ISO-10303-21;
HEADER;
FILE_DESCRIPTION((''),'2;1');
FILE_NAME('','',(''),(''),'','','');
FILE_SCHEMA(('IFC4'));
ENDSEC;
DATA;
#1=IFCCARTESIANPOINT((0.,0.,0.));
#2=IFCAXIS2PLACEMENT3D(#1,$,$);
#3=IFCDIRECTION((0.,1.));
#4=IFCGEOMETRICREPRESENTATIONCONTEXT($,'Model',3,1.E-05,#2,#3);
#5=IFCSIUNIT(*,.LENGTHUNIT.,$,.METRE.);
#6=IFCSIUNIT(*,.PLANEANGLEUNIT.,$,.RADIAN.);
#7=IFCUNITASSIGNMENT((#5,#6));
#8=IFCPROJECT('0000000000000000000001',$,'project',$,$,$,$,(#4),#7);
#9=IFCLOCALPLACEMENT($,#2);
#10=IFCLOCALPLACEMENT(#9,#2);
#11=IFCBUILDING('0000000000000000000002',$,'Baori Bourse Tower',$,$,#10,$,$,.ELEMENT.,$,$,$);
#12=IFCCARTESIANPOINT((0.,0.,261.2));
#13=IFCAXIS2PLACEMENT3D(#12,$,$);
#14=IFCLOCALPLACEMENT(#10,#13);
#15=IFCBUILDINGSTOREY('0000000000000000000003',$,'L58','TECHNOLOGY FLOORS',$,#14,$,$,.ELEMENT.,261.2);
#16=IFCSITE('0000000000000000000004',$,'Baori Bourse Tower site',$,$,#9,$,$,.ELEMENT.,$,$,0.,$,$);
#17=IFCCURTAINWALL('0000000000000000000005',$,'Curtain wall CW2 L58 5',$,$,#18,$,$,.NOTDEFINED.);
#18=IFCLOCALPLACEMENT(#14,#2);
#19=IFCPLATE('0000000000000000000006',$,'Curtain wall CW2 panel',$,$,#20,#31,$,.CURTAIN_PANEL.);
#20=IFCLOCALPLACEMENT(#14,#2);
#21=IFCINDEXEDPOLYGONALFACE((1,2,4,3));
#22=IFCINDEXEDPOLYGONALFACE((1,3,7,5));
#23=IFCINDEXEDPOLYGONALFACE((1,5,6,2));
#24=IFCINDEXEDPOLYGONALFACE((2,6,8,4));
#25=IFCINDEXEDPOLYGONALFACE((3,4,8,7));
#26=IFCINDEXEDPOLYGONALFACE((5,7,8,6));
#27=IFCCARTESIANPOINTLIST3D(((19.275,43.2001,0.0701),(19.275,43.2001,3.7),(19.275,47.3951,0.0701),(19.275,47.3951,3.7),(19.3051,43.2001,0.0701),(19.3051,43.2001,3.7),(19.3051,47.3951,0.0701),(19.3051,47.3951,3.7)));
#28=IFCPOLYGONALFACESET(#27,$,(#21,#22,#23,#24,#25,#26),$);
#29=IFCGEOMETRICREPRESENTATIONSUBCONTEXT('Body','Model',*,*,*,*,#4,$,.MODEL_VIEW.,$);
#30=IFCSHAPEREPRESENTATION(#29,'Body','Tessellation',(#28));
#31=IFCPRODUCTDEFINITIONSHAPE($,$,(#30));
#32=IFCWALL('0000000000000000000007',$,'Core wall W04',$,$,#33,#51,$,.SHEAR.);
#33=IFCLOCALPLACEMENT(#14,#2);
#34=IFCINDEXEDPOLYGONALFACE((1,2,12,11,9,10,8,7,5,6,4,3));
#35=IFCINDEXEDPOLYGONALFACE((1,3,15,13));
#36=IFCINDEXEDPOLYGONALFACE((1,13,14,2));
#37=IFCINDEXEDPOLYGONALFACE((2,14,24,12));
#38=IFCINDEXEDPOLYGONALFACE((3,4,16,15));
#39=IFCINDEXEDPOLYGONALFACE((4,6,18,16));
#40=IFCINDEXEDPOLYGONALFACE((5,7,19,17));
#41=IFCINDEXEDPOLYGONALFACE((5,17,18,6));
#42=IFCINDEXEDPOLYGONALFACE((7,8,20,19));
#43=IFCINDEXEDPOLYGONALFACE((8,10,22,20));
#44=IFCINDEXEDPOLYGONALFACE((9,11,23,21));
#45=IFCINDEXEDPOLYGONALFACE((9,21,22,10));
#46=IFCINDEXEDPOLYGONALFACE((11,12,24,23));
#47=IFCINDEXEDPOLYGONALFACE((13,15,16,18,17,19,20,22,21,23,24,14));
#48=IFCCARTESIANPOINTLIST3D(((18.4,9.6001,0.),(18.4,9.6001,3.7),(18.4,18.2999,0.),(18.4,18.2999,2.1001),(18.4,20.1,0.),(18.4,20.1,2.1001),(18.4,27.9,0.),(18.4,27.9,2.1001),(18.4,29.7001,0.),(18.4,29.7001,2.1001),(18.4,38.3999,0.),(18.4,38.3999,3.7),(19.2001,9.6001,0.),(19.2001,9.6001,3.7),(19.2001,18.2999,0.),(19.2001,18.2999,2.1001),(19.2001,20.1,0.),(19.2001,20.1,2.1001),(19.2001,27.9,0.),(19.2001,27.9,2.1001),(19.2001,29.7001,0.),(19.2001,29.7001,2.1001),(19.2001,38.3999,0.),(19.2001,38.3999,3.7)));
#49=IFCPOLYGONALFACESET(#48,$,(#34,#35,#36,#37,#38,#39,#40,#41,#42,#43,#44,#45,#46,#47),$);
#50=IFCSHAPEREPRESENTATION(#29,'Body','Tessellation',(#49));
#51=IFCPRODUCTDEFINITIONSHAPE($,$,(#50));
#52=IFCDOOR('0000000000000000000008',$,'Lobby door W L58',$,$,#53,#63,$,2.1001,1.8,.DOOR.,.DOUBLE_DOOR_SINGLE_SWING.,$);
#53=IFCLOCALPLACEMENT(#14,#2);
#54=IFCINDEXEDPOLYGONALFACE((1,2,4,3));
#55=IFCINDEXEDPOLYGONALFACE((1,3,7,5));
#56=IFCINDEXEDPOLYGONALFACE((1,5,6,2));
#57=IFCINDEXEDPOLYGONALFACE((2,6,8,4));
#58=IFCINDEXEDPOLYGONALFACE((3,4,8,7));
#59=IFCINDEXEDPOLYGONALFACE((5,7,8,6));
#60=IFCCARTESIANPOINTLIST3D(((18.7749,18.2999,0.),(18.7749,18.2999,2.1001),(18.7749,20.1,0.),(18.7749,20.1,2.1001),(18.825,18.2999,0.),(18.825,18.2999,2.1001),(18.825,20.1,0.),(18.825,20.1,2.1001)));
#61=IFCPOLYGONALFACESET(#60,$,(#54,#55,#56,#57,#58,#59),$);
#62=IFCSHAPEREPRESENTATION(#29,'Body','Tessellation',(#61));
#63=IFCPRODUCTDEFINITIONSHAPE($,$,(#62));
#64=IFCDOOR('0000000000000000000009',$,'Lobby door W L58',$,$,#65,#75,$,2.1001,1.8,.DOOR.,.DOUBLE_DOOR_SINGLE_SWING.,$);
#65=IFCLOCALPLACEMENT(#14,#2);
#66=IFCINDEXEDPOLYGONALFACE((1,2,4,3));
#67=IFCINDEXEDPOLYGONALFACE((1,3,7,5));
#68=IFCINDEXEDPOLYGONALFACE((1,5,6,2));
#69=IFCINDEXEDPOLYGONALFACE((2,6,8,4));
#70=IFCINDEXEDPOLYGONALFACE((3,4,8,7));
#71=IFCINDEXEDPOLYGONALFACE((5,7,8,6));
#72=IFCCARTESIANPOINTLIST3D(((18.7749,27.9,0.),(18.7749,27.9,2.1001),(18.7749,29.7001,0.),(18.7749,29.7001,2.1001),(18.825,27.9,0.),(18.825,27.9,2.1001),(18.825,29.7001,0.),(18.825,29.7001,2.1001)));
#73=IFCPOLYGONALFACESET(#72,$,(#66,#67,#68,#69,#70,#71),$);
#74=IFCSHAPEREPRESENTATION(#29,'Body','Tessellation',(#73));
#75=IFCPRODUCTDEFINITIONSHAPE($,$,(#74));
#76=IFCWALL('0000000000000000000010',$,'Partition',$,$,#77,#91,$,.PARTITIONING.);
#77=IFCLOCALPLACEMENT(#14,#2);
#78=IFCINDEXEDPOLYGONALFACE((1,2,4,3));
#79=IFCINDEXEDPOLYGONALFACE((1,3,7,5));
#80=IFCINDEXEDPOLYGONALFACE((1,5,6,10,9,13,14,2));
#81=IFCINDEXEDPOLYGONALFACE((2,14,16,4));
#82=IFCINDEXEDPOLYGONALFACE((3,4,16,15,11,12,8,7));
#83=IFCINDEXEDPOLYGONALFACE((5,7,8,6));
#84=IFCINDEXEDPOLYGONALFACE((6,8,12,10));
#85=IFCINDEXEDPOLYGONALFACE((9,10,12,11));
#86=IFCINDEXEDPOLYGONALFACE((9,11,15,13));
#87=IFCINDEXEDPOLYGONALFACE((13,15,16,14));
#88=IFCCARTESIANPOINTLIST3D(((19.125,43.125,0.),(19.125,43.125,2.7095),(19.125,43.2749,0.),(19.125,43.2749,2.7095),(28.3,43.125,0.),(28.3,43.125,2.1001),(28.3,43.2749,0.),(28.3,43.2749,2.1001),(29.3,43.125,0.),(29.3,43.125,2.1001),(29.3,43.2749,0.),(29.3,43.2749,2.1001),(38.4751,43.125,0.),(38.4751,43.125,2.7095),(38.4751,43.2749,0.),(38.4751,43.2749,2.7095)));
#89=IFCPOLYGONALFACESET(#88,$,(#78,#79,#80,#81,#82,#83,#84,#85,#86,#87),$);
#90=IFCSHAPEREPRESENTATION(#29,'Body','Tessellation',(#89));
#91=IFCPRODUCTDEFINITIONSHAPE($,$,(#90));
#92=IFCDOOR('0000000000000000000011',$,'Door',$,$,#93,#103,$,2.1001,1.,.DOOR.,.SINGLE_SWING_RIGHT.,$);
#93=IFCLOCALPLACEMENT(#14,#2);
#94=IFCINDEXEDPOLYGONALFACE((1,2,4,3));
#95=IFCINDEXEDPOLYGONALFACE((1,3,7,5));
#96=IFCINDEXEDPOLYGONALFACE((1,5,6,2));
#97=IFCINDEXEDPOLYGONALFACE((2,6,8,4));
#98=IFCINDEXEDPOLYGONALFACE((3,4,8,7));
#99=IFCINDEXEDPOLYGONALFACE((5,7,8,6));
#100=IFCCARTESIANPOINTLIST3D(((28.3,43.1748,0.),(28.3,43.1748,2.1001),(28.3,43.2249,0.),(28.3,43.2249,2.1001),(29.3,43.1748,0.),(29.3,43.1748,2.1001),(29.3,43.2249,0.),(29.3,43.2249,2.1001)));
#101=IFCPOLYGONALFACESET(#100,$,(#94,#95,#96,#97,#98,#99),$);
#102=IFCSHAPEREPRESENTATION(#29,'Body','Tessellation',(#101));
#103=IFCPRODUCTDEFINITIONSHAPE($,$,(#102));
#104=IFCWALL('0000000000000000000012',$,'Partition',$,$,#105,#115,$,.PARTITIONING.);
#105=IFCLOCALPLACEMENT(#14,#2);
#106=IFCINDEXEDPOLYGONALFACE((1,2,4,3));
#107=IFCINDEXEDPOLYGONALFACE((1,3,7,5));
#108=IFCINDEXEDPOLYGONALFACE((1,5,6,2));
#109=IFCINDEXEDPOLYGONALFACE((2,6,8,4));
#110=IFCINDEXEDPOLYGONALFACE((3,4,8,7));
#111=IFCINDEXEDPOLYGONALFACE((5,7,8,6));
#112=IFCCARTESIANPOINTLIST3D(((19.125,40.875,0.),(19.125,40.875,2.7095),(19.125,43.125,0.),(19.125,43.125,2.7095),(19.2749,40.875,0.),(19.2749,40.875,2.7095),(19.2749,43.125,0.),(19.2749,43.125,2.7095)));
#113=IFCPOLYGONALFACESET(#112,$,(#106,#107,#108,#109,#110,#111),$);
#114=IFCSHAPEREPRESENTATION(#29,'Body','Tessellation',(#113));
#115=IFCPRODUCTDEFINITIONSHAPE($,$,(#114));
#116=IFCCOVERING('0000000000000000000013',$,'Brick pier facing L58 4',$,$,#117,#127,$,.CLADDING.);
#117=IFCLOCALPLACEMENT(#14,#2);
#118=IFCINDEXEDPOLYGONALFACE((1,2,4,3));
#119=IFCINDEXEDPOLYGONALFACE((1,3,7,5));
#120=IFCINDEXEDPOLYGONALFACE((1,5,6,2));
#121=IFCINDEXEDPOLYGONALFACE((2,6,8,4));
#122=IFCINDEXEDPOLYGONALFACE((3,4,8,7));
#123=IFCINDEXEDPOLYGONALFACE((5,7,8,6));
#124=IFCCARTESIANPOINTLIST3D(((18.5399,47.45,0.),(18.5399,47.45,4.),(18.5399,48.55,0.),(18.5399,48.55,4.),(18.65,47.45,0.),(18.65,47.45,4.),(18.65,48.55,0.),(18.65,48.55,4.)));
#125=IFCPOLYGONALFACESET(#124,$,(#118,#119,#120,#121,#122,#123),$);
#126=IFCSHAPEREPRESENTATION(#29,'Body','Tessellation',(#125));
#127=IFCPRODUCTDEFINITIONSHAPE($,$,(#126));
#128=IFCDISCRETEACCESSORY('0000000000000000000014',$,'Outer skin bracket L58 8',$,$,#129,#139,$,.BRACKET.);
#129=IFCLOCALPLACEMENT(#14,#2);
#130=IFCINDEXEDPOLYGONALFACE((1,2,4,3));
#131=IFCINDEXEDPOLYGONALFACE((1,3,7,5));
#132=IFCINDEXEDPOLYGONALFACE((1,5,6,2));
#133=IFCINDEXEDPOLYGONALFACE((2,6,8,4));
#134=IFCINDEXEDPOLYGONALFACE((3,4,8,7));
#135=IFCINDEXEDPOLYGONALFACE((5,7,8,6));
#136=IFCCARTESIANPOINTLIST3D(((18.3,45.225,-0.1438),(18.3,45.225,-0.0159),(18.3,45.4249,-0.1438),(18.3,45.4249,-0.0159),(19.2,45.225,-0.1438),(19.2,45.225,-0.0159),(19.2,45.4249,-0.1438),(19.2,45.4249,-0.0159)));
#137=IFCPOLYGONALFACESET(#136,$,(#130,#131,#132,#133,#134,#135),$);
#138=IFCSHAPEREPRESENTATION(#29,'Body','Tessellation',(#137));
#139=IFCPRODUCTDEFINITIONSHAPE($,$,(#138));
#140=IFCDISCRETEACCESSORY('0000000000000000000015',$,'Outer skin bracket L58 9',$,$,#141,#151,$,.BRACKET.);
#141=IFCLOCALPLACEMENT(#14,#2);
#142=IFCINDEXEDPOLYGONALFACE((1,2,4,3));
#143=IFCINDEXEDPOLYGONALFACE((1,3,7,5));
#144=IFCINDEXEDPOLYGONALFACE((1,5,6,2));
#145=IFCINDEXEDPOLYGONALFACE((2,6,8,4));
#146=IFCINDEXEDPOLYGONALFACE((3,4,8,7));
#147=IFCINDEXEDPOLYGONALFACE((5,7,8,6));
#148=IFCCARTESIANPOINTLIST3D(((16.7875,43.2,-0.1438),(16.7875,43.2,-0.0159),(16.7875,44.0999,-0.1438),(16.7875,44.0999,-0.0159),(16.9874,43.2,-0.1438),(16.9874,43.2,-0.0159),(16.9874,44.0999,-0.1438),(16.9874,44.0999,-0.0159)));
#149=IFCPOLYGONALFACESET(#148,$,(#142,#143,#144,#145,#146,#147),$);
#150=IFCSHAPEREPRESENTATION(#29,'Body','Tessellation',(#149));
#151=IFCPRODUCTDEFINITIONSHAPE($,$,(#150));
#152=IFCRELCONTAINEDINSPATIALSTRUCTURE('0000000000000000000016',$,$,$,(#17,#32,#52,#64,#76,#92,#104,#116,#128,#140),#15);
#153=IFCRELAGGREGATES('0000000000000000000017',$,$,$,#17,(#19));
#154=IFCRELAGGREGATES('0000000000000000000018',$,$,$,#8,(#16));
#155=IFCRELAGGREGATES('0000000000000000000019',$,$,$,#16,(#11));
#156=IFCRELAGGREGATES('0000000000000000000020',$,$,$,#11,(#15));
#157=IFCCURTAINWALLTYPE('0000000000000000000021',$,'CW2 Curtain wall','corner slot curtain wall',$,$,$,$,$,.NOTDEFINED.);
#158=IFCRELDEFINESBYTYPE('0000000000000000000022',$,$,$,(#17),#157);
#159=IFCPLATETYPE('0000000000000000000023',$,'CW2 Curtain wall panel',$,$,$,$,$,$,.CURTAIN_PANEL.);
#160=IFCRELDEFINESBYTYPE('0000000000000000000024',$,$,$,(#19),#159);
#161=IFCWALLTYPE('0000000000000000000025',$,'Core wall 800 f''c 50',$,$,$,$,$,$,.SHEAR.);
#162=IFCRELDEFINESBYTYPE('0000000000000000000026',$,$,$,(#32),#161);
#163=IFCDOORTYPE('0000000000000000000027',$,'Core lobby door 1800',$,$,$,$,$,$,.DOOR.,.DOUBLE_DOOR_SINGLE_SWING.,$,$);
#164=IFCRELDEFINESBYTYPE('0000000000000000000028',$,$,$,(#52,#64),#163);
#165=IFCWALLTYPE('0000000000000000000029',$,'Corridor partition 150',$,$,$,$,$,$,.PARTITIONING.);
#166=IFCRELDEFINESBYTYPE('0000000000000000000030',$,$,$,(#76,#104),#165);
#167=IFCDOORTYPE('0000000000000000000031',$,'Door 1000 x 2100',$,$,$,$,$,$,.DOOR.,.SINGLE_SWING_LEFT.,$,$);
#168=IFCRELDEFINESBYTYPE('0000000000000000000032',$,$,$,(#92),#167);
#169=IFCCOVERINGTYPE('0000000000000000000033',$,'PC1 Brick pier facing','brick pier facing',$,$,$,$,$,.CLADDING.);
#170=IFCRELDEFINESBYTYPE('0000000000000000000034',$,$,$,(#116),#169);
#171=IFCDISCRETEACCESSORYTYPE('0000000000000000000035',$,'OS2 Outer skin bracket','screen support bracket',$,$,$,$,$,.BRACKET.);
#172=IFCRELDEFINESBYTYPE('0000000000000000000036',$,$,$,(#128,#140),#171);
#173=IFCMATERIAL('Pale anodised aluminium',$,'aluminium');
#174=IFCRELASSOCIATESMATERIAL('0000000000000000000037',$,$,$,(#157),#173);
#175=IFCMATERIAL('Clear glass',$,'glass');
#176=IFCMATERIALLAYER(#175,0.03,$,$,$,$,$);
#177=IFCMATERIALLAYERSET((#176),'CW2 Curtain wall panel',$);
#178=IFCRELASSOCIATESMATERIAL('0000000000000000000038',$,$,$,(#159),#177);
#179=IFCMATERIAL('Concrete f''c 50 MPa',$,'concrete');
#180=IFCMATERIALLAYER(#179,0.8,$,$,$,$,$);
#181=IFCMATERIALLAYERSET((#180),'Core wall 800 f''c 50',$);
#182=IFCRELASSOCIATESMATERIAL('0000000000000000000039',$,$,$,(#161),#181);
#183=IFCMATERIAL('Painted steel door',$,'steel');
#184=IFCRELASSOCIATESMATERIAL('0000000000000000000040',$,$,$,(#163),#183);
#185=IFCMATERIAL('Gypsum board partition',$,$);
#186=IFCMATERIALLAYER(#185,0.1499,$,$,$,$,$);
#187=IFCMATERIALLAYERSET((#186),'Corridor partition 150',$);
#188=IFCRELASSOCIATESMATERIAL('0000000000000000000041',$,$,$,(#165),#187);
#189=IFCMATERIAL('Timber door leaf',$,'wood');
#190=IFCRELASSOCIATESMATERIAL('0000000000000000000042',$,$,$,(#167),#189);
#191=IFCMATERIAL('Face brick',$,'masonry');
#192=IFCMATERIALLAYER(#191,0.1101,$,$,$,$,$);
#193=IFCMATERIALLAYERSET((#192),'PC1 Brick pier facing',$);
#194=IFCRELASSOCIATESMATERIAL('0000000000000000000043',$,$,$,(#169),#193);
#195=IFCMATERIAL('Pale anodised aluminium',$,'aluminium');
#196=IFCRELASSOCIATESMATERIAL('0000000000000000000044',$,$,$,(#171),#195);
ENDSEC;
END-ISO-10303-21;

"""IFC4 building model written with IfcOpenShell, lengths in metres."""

from ifc_helpers import new_model, si_unit, direction, frame, frame_2d, origin, origin_2d, place, context, subcontext, project, spatial, rectangle, extrude, material, layer, layer_set, type_object, element, fill, aggregate, save


model = new_model("IFC4")

# Units and contexts
model_context = context("Model", 3, precision=1e-05, world=origin(), true_north=direction((0.0, 1.0)))
body_context = subcontext(model_context, "Body", "Model", "MODEL_VIEW")
ifc_project = project(units=[si_unit("LENGTHUNIT", "METRE"), si_unit("PLANEANGLEUNIT", "RADIAN")], contexts=[model_context])

# Site, building, storey
site_placement = place(None, origin())
site = spatial("IfcSite", under=ifc_project, at=site_placement, Name="Baori Bourse Tower site", CompositionType="ELEMENT", RefElevation=0.0)
building_placement = place(site_placement, origin())
building = spatial("IfcBuilding", under=site, at=building_placement, Name="Baori Bourse Tower", CompositionType="ELEMENT")
storey_placement = place(building_placement, frame((0.0, 0.0, 261.2)))
storey = spatial("IfcBuildingStorey", under=building, at=storey_placement, Name="L58", Description="TECHNOLOGY FLOORS", CompositionType="ELEMENT", Elevation=261.2)

# Curtain wall
ifc_material_1 = material(Name="Pale anodised aluminium", Category="aluminium")
curtain_wall_type = type_object("IfcCurtainWallType", Name="CW2 Curtain wall", Description="corner slot curtain wall", PredefinedType="NOTDEFINED", material=ifc_material_1)
curtain_wall_1_placement = place(storey_placement, origin())
curtain_wall_1 = element("IfcCurtainWall", 1, at=curtain_wall_1_placement, inside=storey, type_object=curtain_wall_type, Name="Curtain wall CW2 L58 5", PredefinedType="NOTDEFINED")

# Plate
ifc_material_2 = material(Name="Clear glass", Category="glass")
ifc_layer_1 = layer(ifc_material_2, 0.03)
ifc_layer_set_1 = layer_set([ifc_layer_1], Name="CW2 Curtain wall panel")
plate_type = type_object("IfcPlateType", Name="CW2 Curtain wall panel", PredefinedType="CURTAIN_PANEL", material=ifc_layer_set_1)
plate_placement = place(storey_placement, frame((19.29, 45.2976, 0.0701), z_axis=(0.0, 0.0, 1.0), x_axis=(0.0, -1.0, 0.0)))
plate = element("IfcPlate", 2, at=plate_placement, type_object=plate_type, Name="Curtain wall CW2 panel", PredefinedType="CURTAIN_PANEL", context=body_context, shape_type="SweptSolid", body=[
    extrude(rectangle(XDim=4.1951, YDim=0.03, at=origin_2d()), origin(), (0.0, 0.0, 1.0), 3.6299),
])
aggregate(curtain_wall_1, [plate])

# Wall, openings, doors
ifc_material_3 = material(Name="Concrete f'c 50 MPa", Category="concrete")
ifc_layer_2 = layer(ifc_material_3, 0.8)
ifc_layer_set_2 = layer_set([ifc_layer_2], Name="Core wall 800 f'c 50")
wall_type_1 = type_object("IfcWallType", Name="Core wall 800 f'c 50", PredefinedType="SHEAR", material=ifc_layer_set_2)
wall_1_placement = place(storey_placement, frame((18.8, 38.3999, 0.0), z_axis=(0.0, 0.0, 1.0), x_axis=(0.0, -1.0, 0.0)))
wall_1 = element("IfcWall", 3, at=wall_1_placement, inside=storey, type_object=wall_type_1, Name="Core wall W04", PredefinedType="SHEAR", context=body_context, shape_type="SweptSolid", body=[
    extrude(rectangle(XDim=28.7998, YDim=0.8, at=frame_2d((14.3999, 0.0))), origin(), (0.0, 0.0, 1.0), 3.7),
])
opening_1_placement = place(wall_1_placement, frame((18.3, 0.0, 0.0)))
opening_1 = element("IfcOpeningElement", 4, at=opening_1_placement, cuts=wall_1, PredefinedType="OPENING", context=body_context, shape_type="SweptSolid", body=[
    extrude(rectangle(XDim=1.8, YDim=2.1001, at=frame_2d((0.8999, 1.05))), frame((0.0, 0.4099, 0.0), z_axis=(0.0, -1.0, 0.0), x_axis=(1.0, 0.0, 0.0)), (0.0, 0.0, 1.0), 0.8201),
])
opening_2_placement = place(wall_1_placement, frame((8.7, 0.0, 0.0)))
opening_2 = element("IfcOpeningElement", 5, at=opening_2_placement, cuts=wall_1, PredefinedType="OPENING", context=body_context, shape_type="SweptSolid", body=[
    extrude(rectangle(XDim=1.8, YDim=2.1001, at=frame_2d((0.8999, 1.05))), frame((0.0, 0.4099, 0.0), z_axis=(0.0, -1.0, 0.0), x_axis=(1.0, 0.0, 0.0)), (0.0, 0.0, 1.0), 0.8201),
])
ifc_material_4 = material(Name="Painted steel door", Category="steel")
door_type_1 = type_object("IfcDoorType", Name="Core lobby door 1800", OperationType="DOUBLE_DOOR_SINGLE_SWING", PredefinedType="DOOR", material=ifc_material_4)
door_1_placement = place(opening_1_placement, origin())
door_1 = element("IfcDoor", 6, at=door_1_placement, inside=storey, type_object=door_type_1, Name="Lobby door W L58", OperationType="DOUBLE_DOOR_SINGLE_SWING", OverallHeight=2.1001, OverallWidth=1.8, PredefinedType="DOOR", context=body_context, shape_type="SweptSolid", body=[
    extrude(rectangle(XDim=1.8, YDim=2.1001, at=frame_2d((0.8999, 1.05))), frame((0.0, 0.0249, 0.0), z_axis=(0.0, -1.0, 0.0), x_axis=(1.0, 0.0, 0.0)), (0.0, 0.0, 1.0), 0.05),
])
fill(opening_1, door_1)
door_2_placement = place(opening_2_placement, origin())
door_2 = element("IfcDoor", 7, at=door_2_placement, inside=storey, type_object=door_type_1, Name="Lobby door W L58", OperationType="DOUBLE_DOOR_SINGLE_SWING", OverallHeight=2.1001, OverallWidth=1.8, PredefinedType="DOOR", context=body_context, shape_type="SweptSolid", body=[
    extrude(rectangle(XDim=1.8, YDim=2.1001, at=frame_2d((0.8999, 1.05))), frame((0.0, 0.0249, 0.0), z_axis=(0.0, -1.0, 0.0), x_axis=(1.0, 0.0, 0.0)), (0.0, 0.0, 1.0), 0.05),
])
fill(opening_2, door_2)

# Wall, opening, door
ifc_material_5 = material(Name="Gypsum board partition")
ifc_layer_3 = layer(ifc_material_5, 0.1499)
ifc_layer_set_3 = layer_set([ifc_layer_3], Name="Corridor partition 150")
wall_type_2 = type_object("IfcWallType", Name="Corridor partition 150", PredefinedType="PARTITIONING", material=ifc_layer_set_3)
wall_2_placement = place(storey_placement, frame((19.125, 43.2, 0.0), z_axis=(0.0, 0.0, 1.0), x_axis=(1.0, 0.0, 0.0)))
wall_2 = element("IfcWall", 8, at=wall_2_placement, inside=storey, type_object=wall_type_2, Name="Partition", PredefinedType="PARTITIONING", context=body_context, shape_type="SweptSolid", body=[
    extrude(rectangle(XDim=19.3501, YDim=0.1499, at=frame_2d((9.675, 0.0))), origin(), (0.0, 0.0, 1.0), 2.7095),
])
opening_3_placement = place(wall_2_placement, frame((9.175, 0.0, 0.0)))
opening_3 = element("IfcOpeningElement", 9, at=opening_3_placement, cuts=wall_2, PredefinedType="OPENING", context=body_context, shape_type="SweptSolid", body=[
    extrude(rectangle(XDim=1.0, YDim=2.1001, at=frame_2d((0.5, 1.05))), frame((0.0, 0.085, 0.0), z_axis=(0.0, -1.0, 0.0), x_axis=(1.0, 0.0, 0.0)), (0.0, 0.0, 1.0), 0.1699),
])
ifc_material_6 = material(Name="Timber door leaf", Category="wood")
door_type_2 = type_object("IfcDoorType", Name="Door 1000 x 2100", OperationType="SINGLE_SWING_LEFT", PredefinedType="DOOR", material=ifc_material_6)
door_3_placement = place(opening_3_placement, origin())
door_3 = element("IfcDoor", 10, at=door_3_placement, inside=storey, type_object=door_type_2, Name="Door", OperationType="SINGLE_SWING_RIGHT", OverallHeight=2.1001, OverallWidth=1.0, PredefinedType="DOOR", context=body_context, shape_type="SweptSolid", body=[
    extrude(rectangle(XDim=1.0, YDim=2.1001, at=frame_2d((0.5, 1.05))), frame((0.0, 0.0249, 0.0), z_axis=(0.0, -1.0, 0.0), x_axis=(1.0, 0.0, 0.0)), (0.0, 0.0, 1.0), 0.05),
])
fill(opening_3, door_3)

# Wall
wall_3_placement = place(storey_placement, frame((19.2, 40.875, 0.0), z_axis=(0.0, 0.0, 1.0), x_axis=(0.0, 1.0, 0.0)))
element("IfcWall", 11, at=wall_3_placement, inside=storey, type_object=wall_type_2, Name="Partition", PredefinedType="PARTITIONING", context=body_context, shape_type="SweptSolid", body=[
    extrude(rectangle(XDim=2.25, YDim=0.1499, at=frame_2d((1.125, 0.0))), origin(), (0.0, 0.0, 1.0), 2.7095),
])

# Covering
ifc_material_7 = material(Name="Face brick", Category="masonry")
ifc_layer_4 = layer(ifc_material_7, 0.1101)
ifc_layer_set_4 = layer_set([ifc_layer_4], Name="PC1 Brick pier facing")
covering_type = type_object("IfcCoveringType", Name="PC1 Brick pier facing", Description="brick pier facing", PredefinedType="CLADDING", material=ifc_layer_set_4)
covering_placement = place(storey_placement, frame((18.595, 48.0, 0.0), z_axis=(0.0, 0.0, 1.0), x_axis=(1.0, 0.0, 0.0)))
element("IfcCovering", 12, at=covering_placement, inside=storey, type_object=covering_type, Name="Brick pier facing L58 4", PredefinedType="CLADDING", context=body_context, shape_type="SweptSolid", body=[
    extrude(rectangle(XDim=0.1101, YDim=1.1001, at=origin_2d()), origin(), (0.0, 0.0, 1.0), 4.0),
])

# Discrete accessories
ifc_material_8 = material(Name="Pale anodised aluminium", Category="aluminium")
discrete_accessory_type = type_object("IfcDiscreteAccessoryType", Name="OS2 Outer skin bracket", Description="screen support bracket", PredefinedType="BRACKET", material=ifc_material_8)
for number, where, z_axis, x_axis, name in (
    (13, (18.75, 45.325, -0.1438), (0.0, 0.0, 1.0), (0.0, -1.0, 0.0), "Outer skin bracket L58 8"),
    (14, (16.8875, 43.6499, -0.1438), (0.0, 0.0, 1.0), (-1.0, 0.0, 0.0), "Outer skin bracket L58 9"),
):
    element("IfcDiscreteAccessory", number, at=place(storey_placement, frame(where, z_axis=z_axis, x_axis=x_axis)), inside=storey, type_object=discrete_accessory_type, Name=name, PredefinedType="BRACKET", context=body_context, shape_type="SweptSolid", body=[
        extrude(rectangle(XDim=0.2, YDim=0.8999, at=origin_2d()), origin(), (0.0, 0.0, 1.0), 0.1279),
    ])

save(model, "model.ifc")
